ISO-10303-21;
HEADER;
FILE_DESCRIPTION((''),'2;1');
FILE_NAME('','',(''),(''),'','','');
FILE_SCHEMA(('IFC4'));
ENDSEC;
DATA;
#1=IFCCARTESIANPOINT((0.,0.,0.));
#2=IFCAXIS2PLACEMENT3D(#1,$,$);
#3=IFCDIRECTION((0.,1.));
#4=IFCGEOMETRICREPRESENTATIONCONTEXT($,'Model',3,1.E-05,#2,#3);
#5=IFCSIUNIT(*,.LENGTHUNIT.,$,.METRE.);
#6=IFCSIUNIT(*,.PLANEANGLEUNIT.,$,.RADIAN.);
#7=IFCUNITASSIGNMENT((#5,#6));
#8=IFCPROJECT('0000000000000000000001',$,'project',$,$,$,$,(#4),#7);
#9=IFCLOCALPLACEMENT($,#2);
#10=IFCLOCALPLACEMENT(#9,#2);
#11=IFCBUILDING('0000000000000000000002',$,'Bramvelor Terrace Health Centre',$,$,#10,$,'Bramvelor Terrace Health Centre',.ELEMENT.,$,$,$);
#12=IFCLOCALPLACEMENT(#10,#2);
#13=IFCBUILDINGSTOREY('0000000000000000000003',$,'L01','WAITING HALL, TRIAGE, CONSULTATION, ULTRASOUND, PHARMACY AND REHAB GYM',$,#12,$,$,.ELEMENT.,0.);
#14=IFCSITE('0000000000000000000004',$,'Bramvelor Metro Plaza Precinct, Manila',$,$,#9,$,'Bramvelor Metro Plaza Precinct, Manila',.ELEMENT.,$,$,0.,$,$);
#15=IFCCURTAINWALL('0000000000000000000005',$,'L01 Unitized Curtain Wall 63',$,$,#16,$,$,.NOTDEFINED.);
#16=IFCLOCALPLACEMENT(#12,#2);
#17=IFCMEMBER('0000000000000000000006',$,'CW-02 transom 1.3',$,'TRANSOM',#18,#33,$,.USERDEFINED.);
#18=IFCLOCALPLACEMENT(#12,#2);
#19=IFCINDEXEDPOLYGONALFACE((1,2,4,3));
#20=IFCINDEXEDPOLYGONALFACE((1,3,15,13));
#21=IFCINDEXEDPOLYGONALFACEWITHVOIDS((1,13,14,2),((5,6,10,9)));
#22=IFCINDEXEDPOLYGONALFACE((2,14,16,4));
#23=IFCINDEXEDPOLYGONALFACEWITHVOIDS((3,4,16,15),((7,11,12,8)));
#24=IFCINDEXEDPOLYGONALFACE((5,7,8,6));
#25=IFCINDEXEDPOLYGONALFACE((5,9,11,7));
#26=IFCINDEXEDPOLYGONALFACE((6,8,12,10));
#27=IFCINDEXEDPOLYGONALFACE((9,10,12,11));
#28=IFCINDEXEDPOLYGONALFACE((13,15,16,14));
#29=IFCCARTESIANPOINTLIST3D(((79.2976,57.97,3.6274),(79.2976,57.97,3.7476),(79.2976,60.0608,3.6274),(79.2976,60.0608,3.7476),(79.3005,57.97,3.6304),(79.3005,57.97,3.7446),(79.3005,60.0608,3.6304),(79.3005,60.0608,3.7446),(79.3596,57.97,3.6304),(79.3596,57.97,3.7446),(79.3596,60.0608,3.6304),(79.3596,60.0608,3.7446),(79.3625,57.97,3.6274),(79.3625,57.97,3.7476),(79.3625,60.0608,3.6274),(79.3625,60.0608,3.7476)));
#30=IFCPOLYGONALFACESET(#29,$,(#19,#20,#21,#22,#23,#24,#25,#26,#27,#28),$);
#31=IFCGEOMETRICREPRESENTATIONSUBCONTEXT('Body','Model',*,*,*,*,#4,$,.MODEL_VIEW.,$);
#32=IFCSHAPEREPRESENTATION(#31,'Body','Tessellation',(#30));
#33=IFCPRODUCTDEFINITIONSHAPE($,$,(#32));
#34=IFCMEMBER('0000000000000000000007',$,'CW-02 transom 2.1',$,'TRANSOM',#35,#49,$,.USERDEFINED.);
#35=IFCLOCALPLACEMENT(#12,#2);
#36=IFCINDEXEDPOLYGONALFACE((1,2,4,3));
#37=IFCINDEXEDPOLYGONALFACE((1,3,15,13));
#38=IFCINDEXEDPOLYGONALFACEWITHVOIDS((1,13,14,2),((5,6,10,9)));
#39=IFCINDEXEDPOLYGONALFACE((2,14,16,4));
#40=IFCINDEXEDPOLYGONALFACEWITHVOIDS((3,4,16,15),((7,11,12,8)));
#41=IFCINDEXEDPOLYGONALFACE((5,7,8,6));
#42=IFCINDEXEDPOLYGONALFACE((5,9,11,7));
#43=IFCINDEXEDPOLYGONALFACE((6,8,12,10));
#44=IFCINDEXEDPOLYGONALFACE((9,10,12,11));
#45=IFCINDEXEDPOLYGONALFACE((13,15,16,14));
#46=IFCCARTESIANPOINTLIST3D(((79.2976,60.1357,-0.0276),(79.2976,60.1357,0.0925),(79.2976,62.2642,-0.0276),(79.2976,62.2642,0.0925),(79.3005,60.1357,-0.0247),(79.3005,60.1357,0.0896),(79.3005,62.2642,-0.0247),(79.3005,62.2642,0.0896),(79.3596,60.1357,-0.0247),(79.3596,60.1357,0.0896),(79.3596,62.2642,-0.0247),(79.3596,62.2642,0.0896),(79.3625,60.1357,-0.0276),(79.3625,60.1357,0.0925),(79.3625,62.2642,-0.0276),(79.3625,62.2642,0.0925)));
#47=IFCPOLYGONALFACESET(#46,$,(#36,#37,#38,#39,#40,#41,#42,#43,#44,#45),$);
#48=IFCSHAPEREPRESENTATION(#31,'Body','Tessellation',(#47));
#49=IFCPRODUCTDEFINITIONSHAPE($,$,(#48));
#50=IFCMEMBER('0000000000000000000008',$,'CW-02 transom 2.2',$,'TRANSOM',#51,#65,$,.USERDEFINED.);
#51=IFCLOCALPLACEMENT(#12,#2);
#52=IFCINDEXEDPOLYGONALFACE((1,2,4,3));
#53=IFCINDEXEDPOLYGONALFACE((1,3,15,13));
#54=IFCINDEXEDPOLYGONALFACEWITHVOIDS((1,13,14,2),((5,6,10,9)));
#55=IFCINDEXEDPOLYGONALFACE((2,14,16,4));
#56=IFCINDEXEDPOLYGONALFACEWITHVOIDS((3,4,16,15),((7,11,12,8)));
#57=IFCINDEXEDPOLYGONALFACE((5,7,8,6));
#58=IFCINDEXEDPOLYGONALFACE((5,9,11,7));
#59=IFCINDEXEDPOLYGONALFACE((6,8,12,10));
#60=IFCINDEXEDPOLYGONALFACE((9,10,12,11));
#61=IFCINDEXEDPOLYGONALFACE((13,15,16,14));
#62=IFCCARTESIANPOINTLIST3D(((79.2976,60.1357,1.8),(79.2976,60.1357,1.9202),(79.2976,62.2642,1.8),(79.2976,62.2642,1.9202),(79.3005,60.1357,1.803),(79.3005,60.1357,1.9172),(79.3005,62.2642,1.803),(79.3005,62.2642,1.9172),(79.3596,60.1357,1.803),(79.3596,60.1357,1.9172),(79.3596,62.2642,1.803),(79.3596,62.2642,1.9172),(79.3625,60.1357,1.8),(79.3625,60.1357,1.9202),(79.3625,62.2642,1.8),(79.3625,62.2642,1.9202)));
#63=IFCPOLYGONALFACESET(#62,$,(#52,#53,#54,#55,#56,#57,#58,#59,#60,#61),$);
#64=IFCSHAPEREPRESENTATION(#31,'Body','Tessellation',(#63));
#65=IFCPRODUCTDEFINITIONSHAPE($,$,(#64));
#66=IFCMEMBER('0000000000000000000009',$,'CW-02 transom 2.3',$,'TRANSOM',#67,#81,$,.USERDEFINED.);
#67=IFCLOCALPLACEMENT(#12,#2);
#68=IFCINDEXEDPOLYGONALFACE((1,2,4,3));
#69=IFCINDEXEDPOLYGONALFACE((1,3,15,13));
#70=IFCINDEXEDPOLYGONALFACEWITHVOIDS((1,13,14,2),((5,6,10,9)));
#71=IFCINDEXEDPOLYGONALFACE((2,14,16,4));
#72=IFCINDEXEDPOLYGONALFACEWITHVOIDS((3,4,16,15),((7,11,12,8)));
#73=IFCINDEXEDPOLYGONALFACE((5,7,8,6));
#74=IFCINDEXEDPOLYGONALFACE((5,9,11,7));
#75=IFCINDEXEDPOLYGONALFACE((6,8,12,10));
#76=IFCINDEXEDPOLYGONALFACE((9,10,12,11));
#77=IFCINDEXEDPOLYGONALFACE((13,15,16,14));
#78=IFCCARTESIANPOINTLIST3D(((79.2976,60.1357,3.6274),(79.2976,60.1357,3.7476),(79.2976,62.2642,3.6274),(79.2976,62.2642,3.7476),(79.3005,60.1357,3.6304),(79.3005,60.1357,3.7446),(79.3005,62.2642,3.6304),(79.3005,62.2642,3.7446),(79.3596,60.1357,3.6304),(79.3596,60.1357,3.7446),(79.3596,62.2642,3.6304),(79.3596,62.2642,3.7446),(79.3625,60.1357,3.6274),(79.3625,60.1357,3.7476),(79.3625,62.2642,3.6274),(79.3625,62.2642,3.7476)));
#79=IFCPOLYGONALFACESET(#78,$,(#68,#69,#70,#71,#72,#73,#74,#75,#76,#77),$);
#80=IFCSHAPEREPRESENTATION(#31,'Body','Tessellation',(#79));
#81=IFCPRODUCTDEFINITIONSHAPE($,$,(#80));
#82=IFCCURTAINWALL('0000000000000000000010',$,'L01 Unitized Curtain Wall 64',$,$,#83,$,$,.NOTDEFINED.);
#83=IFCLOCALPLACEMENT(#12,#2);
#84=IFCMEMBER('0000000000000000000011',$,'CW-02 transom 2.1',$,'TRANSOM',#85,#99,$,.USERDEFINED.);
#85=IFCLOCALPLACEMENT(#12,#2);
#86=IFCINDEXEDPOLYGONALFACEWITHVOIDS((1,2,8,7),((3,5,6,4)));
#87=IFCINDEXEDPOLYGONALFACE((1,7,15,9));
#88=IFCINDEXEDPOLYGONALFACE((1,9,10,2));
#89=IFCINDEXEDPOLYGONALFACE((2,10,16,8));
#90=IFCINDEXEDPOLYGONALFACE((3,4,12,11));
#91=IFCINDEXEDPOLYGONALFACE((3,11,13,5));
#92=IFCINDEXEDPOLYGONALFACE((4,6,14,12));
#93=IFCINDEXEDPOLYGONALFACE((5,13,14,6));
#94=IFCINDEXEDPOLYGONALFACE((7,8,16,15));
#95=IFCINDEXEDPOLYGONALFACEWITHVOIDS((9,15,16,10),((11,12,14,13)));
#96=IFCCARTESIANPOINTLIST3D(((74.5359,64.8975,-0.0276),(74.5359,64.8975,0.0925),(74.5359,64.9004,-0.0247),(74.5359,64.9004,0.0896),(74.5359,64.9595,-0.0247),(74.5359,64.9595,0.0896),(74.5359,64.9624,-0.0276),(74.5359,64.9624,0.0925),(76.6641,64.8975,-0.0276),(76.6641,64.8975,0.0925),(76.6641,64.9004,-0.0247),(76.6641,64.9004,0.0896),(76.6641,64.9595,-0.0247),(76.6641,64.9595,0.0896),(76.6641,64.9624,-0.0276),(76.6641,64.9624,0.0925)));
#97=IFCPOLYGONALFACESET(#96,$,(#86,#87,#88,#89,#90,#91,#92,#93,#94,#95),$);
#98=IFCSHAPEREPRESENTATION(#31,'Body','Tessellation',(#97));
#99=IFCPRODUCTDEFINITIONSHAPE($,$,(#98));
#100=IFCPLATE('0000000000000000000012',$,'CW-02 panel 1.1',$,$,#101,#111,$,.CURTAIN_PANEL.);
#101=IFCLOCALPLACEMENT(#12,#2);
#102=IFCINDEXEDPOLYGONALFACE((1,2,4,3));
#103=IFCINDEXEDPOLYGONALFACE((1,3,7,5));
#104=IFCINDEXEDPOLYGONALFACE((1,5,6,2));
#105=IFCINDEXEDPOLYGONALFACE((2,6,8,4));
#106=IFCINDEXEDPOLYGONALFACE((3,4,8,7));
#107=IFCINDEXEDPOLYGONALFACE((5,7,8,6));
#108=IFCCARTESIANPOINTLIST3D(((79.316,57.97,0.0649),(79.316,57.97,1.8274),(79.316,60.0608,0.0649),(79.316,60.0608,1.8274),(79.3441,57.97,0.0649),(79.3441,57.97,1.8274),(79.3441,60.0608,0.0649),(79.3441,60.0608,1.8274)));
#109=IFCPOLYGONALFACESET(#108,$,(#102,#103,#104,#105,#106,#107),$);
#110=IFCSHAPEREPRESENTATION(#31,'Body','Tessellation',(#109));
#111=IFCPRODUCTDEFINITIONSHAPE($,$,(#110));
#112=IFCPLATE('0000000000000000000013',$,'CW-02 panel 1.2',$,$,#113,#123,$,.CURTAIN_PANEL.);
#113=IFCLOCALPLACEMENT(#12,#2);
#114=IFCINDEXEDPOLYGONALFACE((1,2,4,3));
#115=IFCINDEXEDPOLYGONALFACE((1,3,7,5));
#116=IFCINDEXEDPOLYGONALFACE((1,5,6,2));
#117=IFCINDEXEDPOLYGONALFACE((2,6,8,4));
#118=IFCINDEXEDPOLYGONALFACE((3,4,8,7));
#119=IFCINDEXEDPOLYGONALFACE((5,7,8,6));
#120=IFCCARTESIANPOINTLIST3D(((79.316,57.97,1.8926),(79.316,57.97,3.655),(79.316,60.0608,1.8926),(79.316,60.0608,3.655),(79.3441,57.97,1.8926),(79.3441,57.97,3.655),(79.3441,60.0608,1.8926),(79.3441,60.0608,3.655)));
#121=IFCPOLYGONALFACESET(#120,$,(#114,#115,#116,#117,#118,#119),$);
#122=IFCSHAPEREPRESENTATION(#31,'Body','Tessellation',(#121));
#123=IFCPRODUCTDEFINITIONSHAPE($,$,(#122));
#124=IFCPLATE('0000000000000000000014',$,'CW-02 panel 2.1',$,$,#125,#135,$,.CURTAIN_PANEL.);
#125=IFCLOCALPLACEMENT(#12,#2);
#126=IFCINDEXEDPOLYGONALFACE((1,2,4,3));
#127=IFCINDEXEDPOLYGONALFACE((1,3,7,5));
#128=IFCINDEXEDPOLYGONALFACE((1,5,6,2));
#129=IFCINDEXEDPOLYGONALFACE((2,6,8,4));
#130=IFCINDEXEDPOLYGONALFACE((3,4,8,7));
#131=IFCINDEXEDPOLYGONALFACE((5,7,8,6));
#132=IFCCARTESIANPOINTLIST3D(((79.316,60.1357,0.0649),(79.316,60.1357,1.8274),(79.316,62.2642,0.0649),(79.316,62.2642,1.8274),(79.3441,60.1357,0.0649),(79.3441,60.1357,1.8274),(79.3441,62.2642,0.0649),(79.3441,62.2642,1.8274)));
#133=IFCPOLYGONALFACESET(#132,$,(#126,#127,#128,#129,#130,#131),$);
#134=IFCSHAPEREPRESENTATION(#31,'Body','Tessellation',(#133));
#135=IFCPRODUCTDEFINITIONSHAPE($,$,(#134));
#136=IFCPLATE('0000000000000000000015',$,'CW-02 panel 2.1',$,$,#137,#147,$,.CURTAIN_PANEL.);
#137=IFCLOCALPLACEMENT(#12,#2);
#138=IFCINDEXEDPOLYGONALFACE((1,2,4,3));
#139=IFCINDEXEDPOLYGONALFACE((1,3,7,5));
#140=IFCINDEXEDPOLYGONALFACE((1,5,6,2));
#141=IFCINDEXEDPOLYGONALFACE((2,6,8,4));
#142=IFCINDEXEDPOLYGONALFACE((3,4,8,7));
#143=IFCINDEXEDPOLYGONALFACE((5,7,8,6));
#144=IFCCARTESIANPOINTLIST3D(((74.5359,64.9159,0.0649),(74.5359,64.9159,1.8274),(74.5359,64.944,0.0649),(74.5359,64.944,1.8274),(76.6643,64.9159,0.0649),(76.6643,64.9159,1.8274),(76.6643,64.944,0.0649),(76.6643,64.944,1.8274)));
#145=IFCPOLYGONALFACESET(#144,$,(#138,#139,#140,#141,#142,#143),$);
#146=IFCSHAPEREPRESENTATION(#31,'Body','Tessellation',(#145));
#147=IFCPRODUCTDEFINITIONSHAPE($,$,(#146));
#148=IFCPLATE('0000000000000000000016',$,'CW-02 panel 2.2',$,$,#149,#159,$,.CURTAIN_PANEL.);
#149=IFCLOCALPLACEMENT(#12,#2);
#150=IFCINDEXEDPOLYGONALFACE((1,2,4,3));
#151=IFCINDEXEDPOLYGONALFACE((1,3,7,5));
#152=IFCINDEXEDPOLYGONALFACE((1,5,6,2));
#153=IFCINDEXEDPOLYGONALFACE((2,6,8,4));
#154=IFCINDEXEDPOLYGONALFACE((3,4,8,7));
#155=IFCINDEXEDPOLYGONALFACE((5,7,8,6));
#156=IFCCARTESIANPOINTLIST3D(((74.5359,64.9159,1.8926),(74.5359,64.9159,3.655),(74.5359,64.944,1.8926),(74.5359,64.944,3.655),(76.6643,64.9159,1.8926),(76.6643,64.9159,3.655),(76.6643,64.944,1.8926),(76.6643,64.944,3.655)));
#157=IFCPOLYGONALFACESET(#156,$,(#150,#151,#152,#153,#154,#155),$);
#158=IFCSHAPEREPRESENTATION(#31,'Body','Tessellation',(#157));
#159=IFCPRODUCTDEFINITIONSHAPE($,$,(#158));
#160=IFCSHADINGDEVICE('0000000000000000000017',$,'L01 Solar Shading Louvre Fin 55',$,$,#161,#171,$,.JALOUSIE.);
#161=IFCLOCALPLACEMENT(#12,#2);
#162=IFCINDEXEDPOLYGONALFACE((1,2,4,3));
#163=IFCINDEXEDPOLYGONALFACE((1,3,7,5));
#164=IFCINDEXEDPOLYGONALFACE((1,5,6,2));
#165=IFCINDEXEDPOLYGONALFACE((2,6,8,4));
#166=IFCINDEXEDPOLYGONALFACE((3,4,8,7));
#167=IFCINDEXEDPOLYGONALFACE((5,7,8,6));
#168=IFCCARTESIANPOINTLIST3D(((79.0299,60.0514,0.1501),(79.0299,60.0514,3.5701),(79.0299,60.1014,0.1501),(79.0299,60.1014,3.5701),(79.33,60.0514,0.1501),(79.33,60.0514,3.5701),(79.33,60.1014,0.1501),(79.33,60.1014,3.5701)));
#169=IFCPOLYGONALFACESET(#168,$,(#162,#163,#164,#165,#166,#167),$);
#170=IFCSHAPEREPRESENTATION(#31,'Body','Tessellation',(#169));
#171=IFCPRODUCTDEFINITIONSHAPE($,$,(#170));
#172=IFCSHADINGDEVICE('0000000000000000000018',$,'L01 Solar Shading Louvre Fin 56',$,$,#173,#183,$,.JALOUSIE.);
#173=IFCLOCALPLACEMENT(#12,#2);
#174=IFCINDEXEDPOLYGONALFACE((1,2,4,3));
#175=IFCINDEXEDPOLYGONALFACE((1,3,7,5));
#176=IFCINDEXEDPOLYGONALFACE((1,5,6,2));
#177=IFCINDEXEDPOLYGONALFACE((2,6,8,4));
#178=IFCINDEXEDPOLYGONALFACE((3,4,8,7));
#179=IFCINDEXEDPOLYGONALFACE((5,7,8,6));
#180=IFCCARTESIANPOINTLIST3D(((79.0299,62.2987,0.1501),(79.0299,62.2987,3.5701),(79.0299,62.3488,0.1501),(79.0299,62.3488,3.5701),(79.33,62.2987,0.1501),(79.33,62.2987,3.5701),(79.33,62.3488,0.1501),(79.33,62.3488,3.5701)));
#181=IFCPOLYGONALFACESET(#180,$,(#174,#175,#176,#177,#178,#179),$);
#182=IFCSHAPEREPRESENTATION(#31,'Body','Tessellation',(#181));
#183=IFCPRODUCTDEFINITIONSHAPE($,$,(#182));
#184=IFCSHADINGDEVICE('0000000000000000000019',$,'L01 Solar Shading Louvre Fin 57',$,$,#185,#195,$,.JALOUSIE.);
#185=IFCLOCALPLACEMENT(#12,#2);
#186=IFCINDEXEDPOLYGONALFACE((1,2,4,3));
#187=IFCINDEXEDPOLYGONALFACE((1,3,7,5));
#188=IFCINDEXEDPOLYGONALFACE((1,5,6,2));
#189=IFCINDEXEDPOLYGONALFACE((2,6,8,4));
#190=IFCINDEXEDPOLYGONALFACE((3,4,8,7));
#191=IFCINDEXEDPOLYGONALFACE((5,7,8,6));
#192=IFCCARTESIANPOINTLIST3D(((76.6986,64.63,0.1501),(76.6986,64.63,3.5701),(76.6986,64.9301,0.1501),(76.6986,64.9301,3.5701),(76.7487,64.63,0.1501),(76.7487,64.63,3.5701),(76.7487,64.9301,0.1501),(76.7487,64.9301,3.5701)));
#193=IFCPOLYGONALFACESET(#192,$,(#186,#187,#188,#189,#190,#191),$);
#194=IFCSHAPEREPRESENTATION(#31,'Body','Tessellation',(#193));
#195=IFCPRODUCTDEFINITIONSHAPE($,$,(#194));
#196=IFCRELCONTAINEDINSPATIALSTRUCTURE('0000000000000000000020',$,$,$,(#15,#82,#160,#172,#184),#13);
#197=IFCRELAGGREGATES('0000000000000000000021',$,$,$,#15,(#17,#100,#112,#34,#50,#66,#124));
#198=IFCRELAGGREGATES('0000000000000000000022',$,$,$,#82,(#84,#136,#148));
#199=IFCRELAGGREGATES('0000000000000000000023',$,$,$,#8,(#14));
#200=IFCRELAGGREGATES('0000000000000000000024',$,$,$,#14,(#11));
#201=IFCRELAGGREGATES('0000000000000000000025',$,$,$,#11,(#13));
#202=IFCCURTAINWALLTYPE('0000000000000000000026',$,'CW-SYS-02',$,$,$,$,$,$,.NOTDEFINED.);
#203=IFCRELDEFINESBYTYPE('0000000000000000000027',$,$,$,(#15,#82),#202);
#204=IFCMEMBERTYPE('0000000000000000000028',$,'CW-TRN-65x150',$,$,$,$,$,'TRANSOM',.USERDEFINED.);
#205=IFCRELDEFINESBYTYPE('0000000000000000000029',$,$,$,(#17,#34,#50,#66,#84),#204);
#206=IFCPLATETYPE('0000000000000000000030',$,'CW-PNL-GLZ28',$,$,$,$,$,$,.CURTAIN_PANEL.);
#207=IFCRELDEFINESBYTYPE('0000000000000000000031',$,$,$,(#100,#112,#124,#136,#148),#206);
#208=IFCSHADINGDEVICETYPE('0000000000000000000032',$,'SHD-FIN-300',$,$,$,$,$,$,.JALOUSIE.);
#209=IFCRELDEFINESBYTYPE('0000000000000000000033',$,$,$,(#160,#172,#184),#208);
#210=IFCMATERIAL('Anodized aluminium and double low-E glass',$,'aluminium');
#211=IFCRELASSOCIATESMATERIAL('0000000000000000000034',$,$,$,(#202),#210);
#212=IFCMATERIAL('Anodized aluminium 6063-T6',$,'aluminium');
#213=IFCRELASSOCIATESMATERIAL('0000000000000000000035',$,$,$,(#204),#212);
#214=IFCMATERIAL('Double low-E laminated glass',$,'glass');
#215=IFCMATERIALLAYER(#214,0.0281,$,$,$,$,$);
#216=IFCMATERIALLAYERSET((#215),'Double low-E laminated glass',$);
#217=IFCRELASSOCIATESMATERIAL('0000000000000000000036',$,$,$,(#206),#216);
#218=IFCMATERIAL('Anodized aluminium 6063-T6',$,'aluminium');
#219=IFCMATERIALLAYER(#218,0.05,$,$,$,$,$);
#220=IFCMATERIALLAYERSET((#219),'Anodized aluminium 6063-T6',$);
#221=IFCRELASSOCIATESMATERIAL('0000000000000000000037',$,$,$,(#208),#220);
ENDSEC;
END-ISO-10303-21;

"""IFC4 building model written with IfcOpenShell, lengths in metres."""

from ifc_helpers import new_model, si_unit, direction, frame, origin, origin_2d, place, context, subcontext, project, spatial, rectangle, hollow_rectangle, extrude, material, layer, layer_set, material_profile, profile_set, type_object, element, aggregate, save


model = new_model("IFC4")

# Units and contexts
model_context = context("Model", 3, precision=1e-05, world=origin(), true_north=direction((0.0, 1.0)))
body_context = subcontext(model_context, "Body", "Model", "MODEL_VIEW")
ifc_project = project(units=[si_unit("LENGTHUNIT", "METRE"), si_unit("PLANEANGLEUNIT", "RADIAN")], contexts=[model_context])

# Site, building, storey
site_placement = place(None, origin())
site = spatial("IfcSite", under=ifc_project, at=site_placement, Name="Bramvelor Metro Plaza Precinct, Manila", LongName="Bramvelor Metro Plaza Precinct, Manila", CompositionType="ELEMENT", RefElevation=0.0)
building_placement = place(site_placement, origin())
building = spatial("IfcBuilding", under=site, at=building_placement, Name="Bramvelor Terrace Health Centre", LongName="Bramvelor Terrace Health Centre", CompositionType="ELEMENT")
storey_placement = place(building_placement, origin())
storey = spatial("IfcBuildingStorey", under=building, at=storey_placement, Name="L01", Description="WAITING HALL, TRIAGE, CONSULTATION, ULTRASOUND, PHARMACY AND REHAB GYM", CompositionType="ELEMENT", Elevation=0.0)

# Curtain wall, members
ifc_material_1 = material(Name="Anodized aluminium and double low-E glass", Category="aluminium")
curtain_wall_type = type_object("IfcCurtainWallType", Name="CW-SYS-02", PredefinedType="NOTDEFINED", material=ifc_material_1)
curtain_wall_1_placement = place(storey_placement, origin())
curtain_wall_1 = element("IfcCurtainWall", 1, at=curtain_wall_1_placement, inside=storey, type_object=curtain_wall_type, Name="L01 Unitized Curtain Wall 63", PredefinedType="NOTDEFINED")
ifc_material_2 = material(Name="Anodized aluminium 6063-T6", Category="aluminium")
ifc_material_profile_1 = material_profile(ifc_material_2, hollow_rectangle(XDim=0.0649, YDim=0.1201, WallThickness=0.0029, at=origin_2d()), Name="ALU-TRN 65x120x3.0")
ifc_profile_set_1 = profile_set([ifc_material_profile_1], Name="Anodized aluminium 6063-T6")
member_type_1 = type_object("IfcMemberType", Name="CW-TRN-65x150", ElementType="TRANSOM", PredefinedType="USERDEFINED", material=ifc_profile_set_1)
member_1_placement = place(storey_placement, frame((79.3301, 57.97, 3.6875), z_axis=(0.0, 1.0, 0.0), x_axis=(-1.0, 0.0, 0.0)))
member_1 = element("IfcMember", 2, at=member_1_placement, type_object=member_type_1, Name="CW-02 transom 1.3", ObjectType="TRANSOM", PredefinedType="USERDEFINED", context=body_context, shape_type="SweptSolid", body=[
    extrude(hollow_rectangle(XDim=0.0649, YDim=0.1201, WallThickness=0.0029, at=origin_2d()), origin(), (0.0, 0.0, 1.0), 2.0908),
])
member_2_placement = place(storey_placement, frame((79.3301, 60.1357, 0.0325), z_axis=(0.0, 1.0, 0.0), x_axis=(-1.0, 0.0, 0.0)))
member_2 = element("IfcMember", 3, at=member_2_placement, type_object=member_type_1, Name="CW-02 transom 2.1", ObjectType="TRANSOM", PredefinedType="USERDEFINED", context=body_context, shape_type="SweptSolid", body=[
    extrude(hollow_rectangle(XDim=0.0649, YDim=0.1201, WallThickness=0.0029, at=origin_2d()), origin(), (0.0, 0.0, 1.0), 2.1284),
])
member_3_placement = place(storey_placement, frame((79.3301, 60.1357, 1.8601), z_axis=(0.0, 1.0, 0.0), x_axis=(-1.0, 0.0, 0.0)))
member_3 = element("IfcMember", 4, at=member_3_placement, type_object=member_type_1, Name="CW-02 transom 2.2", ObjectType="TRANSOM", PredefinedType="USERDEFINED", context=body_context, shape_type="SweptSolid", body=[
    extrude(hollow_rectangle(XDim=0.0649, YDim=0.1201, WallThickness=0.0029, at=origin_2d()), origin(), (0.0, 0.0, 1.0), 2.1284),
])
member_4_placement = place(storey_placement, frame((79.3301, 60.1357, 3.6875), z_axis=(0.0, 1.0, 0.0), x_axis=(-1.0, 0.0, 0.0)))
member_4 = element("IfcMember", 5, at=member_4_placement, type_object=member_type_1, Name="CW-02 transom 2.3", ObjectType="TRANSOM", PredefinedType="USERDEFINED", context=body_context, shape_type="SweptSolid", body=[
    extrude(hollow_rectangle(XDim=0.0649, YDim=0.1201, WallThickness=0.0029, at=origin_2d()), origin(), (0.0, 0.0, 1.0), 2.1284),
])

# Curtain wall, member
curtain_wall_2_placement = place(storey_placement, origin())
curtain_wall_2 = element("IfcCurtainWall", 6, at=curtain_wall_2_placement, inside=storey, type_object=curtain_wall_type, Name="L01 Unitized Curtain Wall 64", PredefinedType="NOTDEFINED")
member_5_placement = place(storey_placement, frame((76.6641, 64.9299, 0.0325), z_axis=(-1.0, 0.0, 0.0), x_axis=(0.0, -1.0, 0.0)))
member_5 = element("IfcMember", 7, at=member_5_placement, type_object=member_type_1, Name="CW-02 transom 2.1", ObjectType="TRANSOM", PredefinedType="USERDEFINED", context=body_context, shape_type="SweptSolid", body=[
    extrude(hollow_rectangle(XDim=0.0649, YDim=0.1201, WallThickness=0.0029, at=origin_2d()), origin(), (0.0, 0.0, 1.0), 2.1282),
])

# Plates
ifc_material_3 = material(Name="Double low-E laminated glass", Category="glass")
ifc_layer_1 = layer(ifc_material_3, 0.0281)
ifc_layer_set_1 = layer_set([ifc_layer_1], Name="Double low-E laminated glass")
plate_type = type_object("IfcPlateType", Name="CW-PNL-GLZ28", PredefinedType="CURTAIN_PANEL", material=ifc_layer_set_1)
plate_1_placement = place(storey_placement, frame((79.3301, 59.0154, 0.0649), z_axis=(0.0, 0.0, 1.0), x_axis=(0.0, 1.0, 0.0)))
plate_1 = element("IfcPlate", 8, at=plate_1_placement, type_object=plate_type, Name="CW-02 panel 1.1", PredefinedType="CURTAIN_PANEL", context=body_context, shape_type="SweptSolid", body=[
    extrude(rectangle(XDim=2.0908, YDim=0.0281, at=origin_2d()), origin(), (0.0, 0.0, 1.0), 1.7625),
])
plate_2_placement = place(storey_placement, frame((79.3301, 59.0154, 1.8926), z_axis=(0.0, 0.0, 1.0), x_axis=(0.0, 1.0, 0.0)))
plate_2 = element("IfcPlate", 9, at=plate_2_placement, type_object=plate_type, Name="CW-02 panel 1.2", PredefinedType="CURTAIN_PANEL", context=body_context, shape_type="SweptSolid", body=[
    extrude(rectangle(XDim=2.0908, YDim=0.0281, at=origin_2d()), origin(), (0.0, 0.0, 1.0), 1.7625),
])
plate_3_placement = place(storey_placement, frame((79.3301, 61.2, 0.0649), z_axis=(0.0, 0.0, 1.0), x_axis=(0.0, 1.0, 0.0)))
plate_3 = element("IfcPlate", 10, at=plate_3_placement, type_object=plate_type, Name="CW-02 panel 2.1", PredefinedType="CURTAIN_PANEL", context=body_context, shape_type="SweptSolid", body=[
    extrude(rectangle(XDim=2.1284, YDim=0.0281, at=origin_2d()), origin(), (0.0, 0.0, 1.0), 1.7625),
])
aggregate(curtain_wall_1, [member_1, plate_1, plate_2, member_2, member_3, member_4, plate_3])
plate_4_placement = place(storey_placement, frame((75.6001, 64.9299, 0.0649), z_axis=(0.0, 0.0, 1.0), x_axis=(-1.0, 0.0, 0.0)))
plate_4 = element("IfcPlate", 11, at=plate_4_placement, type_object=plate_type, Name="CW-02 panel 2.1", PredefinedType="CURTAIN_PANEL", context=body_context, shape_type="SweptSolid", body=[
    extrude(rectangle(XDim=2.1284, YDim=0.0281, at=origin_2d()), origin(), (0.0, 0.0, 1.0), 1.7625),
])
plate_5_placement = place(storey_placement, frame((75.6001, 64.9299, 1.8926), z_axis=(0.0, 0.0, 1.0), x_axis=(-1.0, 0.0, 0.0)))
plate_5 = element("IfcPlate", 12, at=plate_5_placement, type_object=plate_type, Name="CW-02 panel 2.2", PredefinedType="CURTAIN_PANEL", context=body_context, shape_type="SweptSolid", body=[
    extrude(rectangle(XDim=2.1284, YDim=0.0281, at=origin_2d()), origin(), (0.0, 0.0, 1.0), 1.7625),
])
aggregate(curtain_wall_2, [member_5, plate_4, plate_5])

# Shading devices
ifc_material_4 = material(Name="Anodized aluminium 6063-T6", Category="aluminium")
ifc_layer_2 = layer(ifc_material_4, 0.05)
ifc_layer_set_2 = layer_set([ifc_layer_2], Name="Anodized aluminium 6063-T6")
shading_device_type = type_object("IfcShadingDeviceType", Name="SHD-FIN-300", PredefinedType="JALOUSIE", material=ifc_layer_set_2)
for number, where, z_axis, x_axis, name in (
    (13, (79.1799, 60.0764, 0.1501), (0.0, 0.0, 1.0), (1.0, 0.0, 0.0), "L01 Solar Shading Louvre Fin 55"),
    (14, (79.1799, 62.3237, 0.1501), (0.0, 0.0, 1.0), (1.0, 0.0, 0.0), "L01 Solar Shading Louvre Fin 56"),
):
    element("IfcShadingDevice", number, at=place(storey_placement, frame(where, z_axis=z_axis, x_axis=x_axis)), inside=storey, type_object=shading_device_type, Name=name, PredefinedType="JALOUSIE", context=body_context, shape_type="SweptSolid", body=[
        extrude(rectangle(XDim=0.3, YDim=0.05, at=origin_2d()), origin(), (0.0, 0.0, 1.0), 3.4199),
    ])
shading_device_placement = place(storey_placement, frame((76.7236, 64.78, 0.1501), z_axis=(0.0, 0.0, 1.0), x_axis=(1.0, 0.0, 0.0)))
element("IfcShadingDevice", 15, at=shading_device_placement, inside=storey, type_object=shading_device_type, Name="L01 Solar Shading Louvre Fin 57", PredefinedType="JALOUSIE", context=body_context, shape_type="SweptSolid", body=[
    extrude(rectangle(XDim=0.05, YDim=0.3, at=origin_2d()), origin(), (0.0, 0.0, 1.0), 3.4199),
])

save(model, "model.ifc")
